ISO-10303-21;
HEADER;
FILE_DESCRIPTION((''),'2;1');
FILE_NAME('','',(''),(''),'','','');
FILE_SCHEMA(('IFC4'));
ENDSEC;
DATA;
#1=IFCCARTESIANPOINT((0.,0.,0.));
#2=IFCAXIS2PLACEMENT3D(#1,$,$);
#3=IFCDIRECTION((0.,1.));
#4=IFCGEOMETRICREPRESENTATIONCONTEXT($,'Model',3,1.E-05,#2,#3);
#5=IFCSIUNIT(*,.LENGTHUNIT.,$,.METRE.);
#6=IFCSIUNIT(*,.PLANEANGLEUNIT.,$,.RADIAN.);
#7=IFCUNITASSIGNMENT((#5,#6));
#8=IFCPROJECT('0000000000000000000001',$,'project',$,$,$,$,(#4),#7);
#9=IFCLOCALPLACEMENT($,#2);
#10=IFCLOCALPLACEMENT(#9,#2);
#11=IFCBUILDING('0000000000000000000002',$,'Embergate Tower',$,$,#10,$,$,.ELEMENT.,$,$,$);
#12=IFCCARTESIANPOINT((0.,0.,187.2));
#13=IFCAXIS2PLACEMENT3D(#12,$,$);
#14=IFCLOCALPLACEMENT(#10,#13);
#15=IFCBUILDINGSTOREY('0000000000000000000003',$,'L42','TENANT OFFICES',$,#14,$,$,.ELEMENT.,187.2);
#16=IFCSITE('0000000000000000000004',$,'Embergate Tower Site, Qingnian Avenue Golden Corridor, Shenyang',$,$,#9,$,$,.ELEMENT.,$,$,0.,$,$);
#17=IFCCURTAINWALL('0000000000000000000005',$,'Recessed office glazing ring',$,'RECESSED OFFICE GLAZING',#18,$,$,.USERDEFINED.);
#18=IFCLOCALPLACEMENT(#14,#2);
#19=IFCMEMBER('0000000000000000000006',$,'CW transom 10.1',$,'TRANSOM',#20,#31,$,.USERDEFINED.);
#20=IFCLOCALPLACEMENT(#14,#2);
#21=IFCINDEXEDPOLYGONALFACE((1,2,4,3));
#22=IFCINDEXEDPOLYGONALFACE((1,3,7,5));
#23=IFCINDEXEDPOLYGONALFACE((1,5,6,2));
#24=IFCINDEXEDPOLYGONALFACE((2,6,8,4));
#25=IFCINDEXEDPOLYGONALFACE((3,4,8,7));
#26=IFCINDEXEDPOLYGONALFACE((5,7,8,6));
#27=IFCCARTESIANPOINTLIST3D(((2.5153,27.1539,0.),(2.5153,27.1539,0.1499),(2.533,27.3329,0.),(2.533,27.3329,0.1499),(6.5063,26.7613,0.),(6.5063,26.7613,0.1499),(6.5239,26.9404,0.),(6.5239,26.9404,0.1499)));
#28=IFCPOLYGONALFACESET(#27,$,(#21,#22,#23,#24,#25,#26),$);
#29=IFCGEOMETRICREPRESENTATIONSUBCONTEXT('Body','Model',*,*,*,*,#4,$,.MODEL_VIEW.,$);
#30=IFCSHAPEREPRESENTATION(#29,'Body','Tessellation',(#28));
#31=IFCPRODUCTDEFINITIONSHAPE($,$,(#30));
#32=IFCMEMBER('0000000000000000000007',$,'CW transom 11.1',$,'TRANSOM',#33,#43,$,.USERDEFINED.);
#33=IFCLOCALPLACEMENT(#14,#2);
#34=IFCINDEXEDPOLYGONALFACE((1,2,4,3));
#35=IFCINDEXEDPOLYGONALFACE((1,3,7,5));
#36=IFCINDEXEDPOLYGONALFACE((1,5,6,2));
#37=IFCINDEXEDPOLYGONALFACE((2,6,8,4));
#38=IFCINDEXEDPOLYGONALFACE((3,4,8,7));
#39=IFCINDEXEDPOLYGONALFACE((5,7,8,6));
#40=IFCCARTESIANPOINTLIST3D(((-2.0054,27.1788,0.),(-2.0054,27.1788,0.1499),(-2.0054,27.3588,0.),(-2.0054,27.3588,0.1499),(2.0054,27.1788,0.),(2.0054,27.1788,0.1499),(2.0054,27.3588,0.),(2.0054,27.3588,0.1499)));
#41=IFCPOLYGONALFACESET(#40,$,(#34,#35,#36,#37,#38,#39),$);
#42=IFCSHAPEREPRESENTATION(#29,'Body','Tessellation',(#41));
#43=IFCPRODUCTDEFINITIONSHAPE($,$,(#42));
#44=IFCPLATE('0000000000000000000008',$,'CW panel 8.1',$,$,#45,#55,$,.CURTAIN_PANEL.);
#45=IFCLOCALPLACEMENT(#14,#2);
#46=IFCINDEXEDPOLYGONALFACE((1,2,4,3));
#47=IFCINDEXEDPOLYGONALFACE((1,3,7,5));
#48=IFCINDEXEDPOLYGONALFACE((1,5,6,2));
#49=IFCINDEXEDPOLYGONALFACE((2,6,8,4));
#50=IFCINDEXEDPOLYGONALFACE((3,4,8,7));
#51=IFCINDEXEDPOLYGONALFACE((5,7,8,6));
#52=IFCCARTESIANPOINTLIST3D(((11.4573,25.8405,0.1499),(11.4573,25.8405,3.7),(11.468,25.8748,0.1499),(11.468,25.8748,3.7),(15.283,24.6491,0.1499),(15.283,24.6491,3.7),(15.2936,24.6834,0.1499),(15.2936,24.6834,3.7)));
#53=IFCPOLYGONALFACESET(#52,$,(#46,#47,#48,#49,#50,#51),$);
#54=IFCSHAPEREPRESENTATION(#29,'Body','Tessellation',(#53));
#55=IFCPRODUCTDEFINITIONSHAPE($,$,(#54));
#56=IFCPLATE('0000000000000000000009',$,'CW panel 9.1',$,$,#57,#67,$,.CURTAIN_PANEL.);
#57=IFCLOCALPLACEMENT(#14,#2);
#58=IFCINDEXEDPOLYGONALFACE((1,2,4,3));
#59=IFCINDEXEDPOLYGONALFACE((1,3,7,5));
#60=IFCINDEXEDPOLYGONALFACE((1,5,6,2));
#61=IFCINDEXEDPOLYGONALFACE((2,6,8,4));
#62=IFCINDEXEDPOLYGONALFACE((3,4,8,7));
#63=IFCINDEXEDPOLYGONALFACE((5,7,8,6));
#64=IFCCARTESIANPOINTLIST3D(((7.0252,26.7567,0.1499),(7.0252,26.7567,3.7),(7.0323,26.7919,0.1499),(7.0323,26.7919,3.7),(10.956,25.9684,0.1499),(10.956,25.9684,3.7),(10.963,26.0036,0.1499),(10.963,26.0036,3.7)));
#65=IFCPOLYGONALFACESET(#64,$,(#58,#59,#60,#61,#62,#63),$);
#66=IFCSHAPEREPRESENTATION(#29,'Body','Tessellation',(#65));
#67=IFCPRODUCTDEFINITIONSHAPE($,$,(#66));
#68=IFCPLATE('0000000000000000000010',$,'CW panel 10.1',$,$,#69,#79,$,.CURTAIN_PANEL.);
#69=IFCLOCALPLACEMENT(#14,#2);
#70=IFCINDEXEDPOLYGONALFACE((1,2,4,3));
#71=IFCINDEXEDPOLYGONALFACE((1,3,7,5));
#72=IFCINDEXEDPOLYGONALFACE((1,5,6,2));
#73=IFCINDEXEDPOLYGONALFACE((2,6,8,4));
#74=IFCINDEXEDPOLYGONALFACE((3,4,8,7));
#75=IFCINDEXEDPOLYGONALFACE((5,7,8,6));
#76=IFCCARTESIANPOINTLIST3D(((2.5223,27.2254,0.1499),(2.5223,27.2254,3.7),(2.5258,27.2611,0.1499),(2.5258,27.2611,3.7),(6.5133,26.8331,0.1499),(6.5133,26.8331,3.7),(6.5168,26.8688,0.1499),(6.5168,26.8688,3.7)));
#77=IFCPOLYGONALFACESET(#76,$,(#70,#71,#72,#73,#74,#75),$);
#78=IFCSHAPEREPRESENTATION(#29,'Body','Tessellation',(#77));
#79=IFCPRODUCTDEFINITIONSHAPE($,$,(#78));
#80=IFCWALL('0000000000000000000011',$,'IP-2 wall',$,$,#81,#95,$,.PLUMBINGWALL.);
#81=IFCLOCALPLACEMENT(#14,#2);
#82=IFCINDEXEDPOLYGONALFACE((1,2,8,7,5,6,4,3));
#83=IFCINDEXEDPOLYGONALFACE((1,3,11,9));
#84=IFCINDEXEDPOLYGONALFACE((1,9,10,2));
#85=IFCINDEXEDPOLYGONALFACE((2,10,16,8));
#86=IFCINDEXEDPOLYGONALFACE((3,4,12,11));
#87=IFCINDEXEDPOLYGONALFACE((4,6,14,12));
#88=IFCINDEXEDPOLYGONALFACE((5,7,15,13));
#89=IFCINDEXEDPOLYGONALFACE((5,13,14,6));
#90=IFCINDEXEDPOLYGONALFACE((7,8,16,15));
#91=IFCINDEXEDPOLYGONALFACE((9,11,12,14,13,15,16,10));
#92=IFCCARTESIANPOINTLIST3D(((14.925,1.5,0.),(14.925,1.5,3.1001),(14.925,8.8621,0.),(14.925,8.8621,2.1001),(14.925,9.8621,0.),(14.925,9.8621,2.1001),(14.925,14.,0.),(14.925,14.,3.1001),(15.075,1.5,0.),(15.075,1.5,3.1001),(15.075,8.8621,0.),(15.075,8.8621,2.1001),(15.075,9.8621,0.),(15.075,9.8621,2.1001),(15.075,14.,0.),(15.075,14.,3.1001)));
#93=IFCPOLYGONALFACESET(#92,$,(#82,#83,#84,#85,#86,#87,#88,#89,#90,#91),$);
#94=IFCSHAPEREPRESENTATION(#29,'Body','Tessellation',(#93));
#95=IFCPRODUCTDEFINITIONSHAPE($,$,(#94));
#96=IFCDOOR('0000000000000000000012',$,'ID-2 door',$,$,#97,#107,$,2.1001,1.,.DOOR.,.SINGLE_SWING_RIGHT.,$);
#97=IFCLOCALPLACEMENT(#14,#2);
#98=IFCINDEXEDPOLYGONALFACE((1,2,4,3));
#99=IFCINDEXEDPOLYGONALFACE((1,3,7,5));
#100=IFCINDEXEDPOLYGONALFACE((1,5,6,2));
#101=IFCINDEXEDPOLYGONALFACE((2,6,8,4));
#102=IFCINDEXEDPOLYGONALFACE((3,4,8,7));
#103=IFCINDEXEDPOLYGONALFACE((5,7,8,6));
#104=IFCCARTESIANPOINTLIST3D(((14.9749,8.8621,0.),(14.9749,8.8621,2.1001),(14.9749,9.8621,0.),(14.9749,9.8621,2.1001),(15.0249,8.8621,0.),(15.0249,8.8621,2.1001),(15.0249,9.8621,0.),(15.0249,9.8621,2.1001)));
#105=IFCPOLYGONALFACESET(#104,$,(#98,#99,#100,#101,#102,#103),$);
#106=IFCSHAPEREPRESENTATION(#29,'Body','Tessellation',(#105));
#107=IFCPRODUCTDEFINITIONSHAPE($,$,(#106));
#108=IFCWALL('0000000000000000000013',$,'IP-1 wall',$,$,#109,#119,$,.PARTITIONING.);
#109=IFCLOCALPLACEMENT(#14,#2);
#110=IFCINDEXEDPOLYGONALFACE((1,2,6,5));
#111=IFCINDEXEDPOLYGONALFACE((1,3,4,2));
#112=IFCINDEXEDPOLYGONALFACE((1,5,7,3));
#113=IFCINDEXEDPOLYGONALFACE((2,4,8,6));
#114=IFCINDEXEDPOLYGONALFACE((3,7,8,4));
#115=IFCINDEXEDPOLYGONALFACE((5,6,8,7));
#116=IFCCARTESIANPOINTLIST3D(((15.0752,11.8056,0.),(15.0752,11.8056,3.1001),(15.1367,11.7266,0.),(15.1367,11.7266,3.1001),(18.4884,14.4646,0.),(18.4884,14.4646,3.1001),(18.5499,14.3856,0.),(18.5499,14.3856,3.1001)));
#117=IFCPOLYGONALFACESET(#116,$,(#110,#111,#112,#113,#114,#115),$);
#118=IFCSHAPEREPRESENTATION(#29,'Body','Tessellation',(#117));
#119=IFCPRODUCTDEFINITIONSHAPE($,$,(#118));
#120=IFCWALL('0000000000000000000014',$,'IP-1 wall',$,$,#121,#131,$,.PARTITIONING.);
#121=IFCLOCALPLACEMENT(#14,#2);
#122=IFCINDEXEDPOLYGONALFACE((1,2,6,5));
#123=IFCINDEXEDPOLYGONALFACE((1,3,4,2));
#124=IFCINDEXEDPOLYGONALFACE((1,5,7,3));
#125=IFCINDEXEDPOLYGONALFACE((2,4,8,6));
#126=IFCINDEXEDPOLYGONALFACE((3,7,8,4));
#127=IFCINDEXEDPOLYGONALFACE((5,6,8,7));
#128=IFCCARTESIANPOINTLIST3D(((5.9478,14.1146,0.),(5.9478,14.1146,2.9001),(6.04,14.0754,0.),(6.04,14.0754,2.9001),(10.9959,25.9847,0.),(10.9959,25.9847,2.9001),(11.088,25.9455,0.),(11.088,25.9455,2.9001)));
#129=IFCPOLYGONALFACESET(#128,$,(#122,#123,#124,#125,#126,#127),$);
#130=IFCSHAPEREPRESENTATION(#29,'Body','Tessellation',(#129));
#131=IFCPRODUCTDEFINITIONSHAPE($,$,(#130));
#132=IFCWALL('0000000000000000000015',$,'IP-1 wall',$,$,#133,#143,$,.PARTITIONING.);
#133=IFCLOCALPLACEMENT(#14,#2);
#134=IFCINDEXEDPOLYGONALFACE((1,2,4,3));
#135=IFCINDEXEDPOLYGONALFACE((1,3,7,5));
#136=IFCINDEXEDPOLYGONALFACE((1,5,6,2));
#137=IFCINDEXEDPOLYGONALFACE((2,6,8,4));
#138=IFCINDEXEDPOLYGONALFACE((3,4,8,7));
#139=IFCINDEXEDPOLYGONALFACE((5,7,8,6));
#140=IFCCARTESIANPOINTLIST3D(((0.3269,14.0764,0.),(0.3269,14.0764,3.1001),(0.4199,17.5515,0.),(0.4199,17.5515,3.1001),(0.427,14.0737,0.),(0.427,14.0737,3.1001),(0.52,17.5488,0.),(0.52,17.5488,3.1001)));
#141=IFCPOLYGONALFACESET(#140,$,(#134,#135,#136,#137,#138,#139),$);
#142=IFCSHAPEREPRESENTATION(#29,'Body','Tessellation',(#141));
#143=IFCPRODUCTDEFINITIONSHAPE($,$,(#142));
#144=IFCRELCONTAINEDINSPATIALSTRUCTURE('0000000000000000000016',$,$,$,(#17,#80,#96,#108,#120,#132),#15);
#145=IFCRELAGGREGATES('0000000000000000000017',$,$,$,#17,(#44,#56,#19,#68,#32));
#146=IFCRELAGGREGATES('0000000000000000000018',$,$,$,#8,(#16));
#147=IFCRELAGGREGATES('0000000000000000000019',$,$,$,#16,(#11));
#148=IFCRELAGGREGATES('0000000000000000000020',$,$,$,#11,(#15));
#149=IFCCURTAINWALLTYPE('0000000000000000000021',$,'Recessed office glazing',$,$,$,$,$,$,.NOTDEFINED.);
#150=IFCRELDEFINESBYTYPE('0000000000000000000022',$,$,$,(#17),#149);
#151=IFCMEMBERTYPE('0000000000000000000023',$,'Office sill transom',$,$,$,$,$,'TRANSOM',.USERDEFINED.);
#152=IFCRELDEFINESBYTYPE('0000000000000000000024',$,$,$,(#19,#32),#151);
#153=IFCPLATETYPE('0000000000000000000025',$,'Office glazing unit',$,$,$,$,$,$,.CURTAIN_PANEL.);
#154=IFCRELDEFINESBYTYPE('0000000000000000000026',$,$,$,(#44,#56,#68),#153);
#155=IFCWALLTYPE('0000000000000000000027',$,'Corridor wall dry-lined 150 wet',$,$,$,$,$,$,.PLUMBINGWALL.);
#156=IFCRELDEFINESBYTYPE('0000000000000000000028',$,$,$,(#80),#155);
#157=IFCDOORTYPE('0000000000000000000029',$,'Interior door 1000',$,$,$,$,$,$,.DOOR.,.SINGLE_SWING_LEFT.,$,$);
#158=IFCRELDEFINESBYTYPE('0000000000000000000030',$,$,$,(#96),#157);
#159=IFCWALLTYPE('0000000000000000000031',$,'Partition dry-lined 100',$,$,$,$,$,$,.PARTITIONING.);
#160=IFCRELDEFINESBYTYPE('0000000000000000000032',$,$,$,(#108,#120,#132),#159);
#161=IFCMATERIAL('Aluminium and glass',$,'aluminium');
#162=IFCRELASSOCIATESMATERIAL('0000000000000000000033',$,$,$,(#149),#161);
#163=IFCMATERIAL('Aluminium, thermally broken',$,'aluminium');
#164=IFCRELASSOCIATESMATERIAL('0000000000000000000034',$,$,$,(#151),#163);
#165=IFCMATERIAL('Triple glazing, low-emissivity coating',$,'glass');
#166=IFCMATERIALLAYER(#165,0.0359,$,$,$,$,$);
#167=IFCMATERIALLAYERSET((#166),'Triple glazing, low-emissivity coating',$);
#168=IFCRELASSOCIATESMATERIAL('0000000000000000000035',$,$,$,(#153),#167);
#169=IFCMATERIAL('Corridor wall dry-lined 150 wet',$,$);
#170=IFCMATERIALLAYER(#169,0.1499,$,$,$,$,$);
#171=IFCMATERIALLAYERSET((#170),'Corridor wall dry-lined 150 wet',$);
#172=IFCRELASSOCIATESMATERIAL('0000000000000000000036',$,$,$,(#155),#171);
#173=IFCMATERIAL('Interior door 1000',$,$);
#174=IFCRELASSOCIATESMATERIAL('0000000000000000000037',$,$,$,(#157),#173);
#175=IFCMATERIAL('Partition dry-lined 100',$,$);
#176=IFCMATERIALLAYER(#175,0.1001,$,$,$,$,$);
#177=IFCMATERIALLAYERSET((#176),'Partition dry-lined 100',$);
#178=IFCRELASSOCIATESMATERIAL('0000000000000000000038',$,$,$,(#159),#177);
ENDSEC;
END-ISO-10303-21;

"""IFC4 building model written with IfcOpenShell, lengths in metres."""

from ifc_helpers import new_model, si_unit, direction, frame, frame_2d, origin, origin_2d, place, context, subcontext, project, spatial, rectangle, extrude, source, transform, mapped, material, layer, layer_set, material_profile, profile_set, type_object, element, fill, aggregate, save


model = new_model("IFC4")

# Units and contexts
model_context = context("Model", 3, precision=1e-05, world=origin(), true_north=direction((0.0, 1.0)))
body_context = subcontext(model_context, "Body", "Model", "MODEL_VIEW")
ifc_project = project(units=[si_unit("LENGTHUNIT", "METRE"), si_unit("PLANEANGLEUNIT", "RADIAN")], contexts=[model_context])

# Site, building, storey
site_placement = place(None, origin())
site = spatial("IfcSite", under=ifc_project, at=site_placement, Name="Embergate Tower Site, Qingnian Avenue Golden Corridor, Shenyang", CompositionType="ELEMENT", RefElevation=0.0)
building_placement = place(site_placement, origin())
building = spatial("IfcBuilding", under=site, at=building_placement, Name="Embergate Tower", CompositionType="ELEMENT")
storey_placement = place(building_placement, frame((0.0, 0.0, 187.2)))
storey = spatial("IfcBuildingStorey", under=building, at=storey_placement, Name="L42", Description="TENANT OFFICES", CompositionType="ELEMENT", Elevation=187.2)

# Curtain wall, members, plates
ifc_material_1 = material(Name="Aluminium and glass", Category="aluminium")
curtain_wall_type = type_object("IfcCurtainWallType", Name="Recessed office glazing", PredefinedType="NOTDEFINED", material=ifc_material_1)
curtain_wall_placement = place(storey_placement, origin())
curtain_wall = element("IfcCurtainWall", 1, at=curtain_wall_placement, inside=storey, type_object=curtain_wall_type, Name="Recessed office glazing ring", ObjectType="RECESSED OFFICE GLAZING", PredefinedType="USERDEFINED")
ifc_material_2 = material(Name="Aluminium, thermally broken", Category="aluminium")
ifc_material_profile_1 = material_profile(ifc_material_2, rectangle(XDim=0.1799, YDim=0.1499, at=origin_2d()), Name="AL 150x180")
ifc_profile_set_1 = profile_set([ifc_material_profile_1], Name="Aluminium, thermally broken")
member_type_1 = type_object("IfcMemberType", Name="Office sill transom", ElementType="TRANSOM", PredefinedType="USERDEFINED", material=ifc_profile_set_1)
shared_shape_1 = source(origin(), body_context, "Body", "SweptSolid", [
    extrude(rectangle(XDim=0.1799, YDim=0.1499, at=origin_2d()), origin(), (0.0, 0.0, 1.0), 4.0103),
])
member_1_placement = place(storey_placement, frame((6.5151, 26.8508, 0.075), z_axis=(-0.995197, 0.097894, 0.0), x_axis=(-0.097894, -0.995197, 0.0)))
member_1 = element("IfcMember", 2, at=member_1_placement, type_object=member_type_1, Name="CW transom 10.1", ObjectType="TRANSOM", PredefinedType="USERDEFINED", context=body_context, shape_type="MappedRepresentation", body=[
    mapped(shared_shape_1, transform((0.0, 0.0, 0.0))),
])
shared_shape_2 = source(origin(), body_context, "Body", "SweptSolid", [
    extrude(rectangle(XDim=0.1799, YDim=0.1499, at=origin_2d()), origin(), (0.0, 0.0, 1.0), 4.0107),
])
member_2_placement = place(storey_placement, frame((2.0054, 27.2688, 0.075), z_axis=(-1.0, 0.0, 0.0), x_axis=(0.0, -1.0, 0.0)))
member_2 = element("IfcMember", 3, at=member_2_placement, type_object=member_type_1, Name="CW transom 11.1", ObjectType="TRANSOM", PredefinedType="USERDEFINED", context=body_context, shape_type="MappedRepresentation", body=[
    mapped(shared_shape_2, transform((0.0, 0.0, 0.0))),
])
ifc_material_3 = material(Name="Triple glazing, low-emissivity coating", Category="glass")
ifc_layer_1 = layer(ifc_material_3, 0.0359)
ifc_layer_set_1 = layer_set([ifc_layer_1], Name="Triple glazing, low-emissivity coating")
plate_type = type_object("IfcPlateType", Name="Office glazing unit", PredefinedType="CURTAIN_PANEL", material=ifc_layer_set_1)
shared_shape_3 = source(origin(), body_context, "Body", "SweptSolid", [
    extrude(rectangle(XDim=4.0068, YDim=0.0359, at=origin_2d()), origin(), (0.0, 0.0, 1.0), 3.55),
])
plate_1_placement = place(storey_placement, frame((13.3755, 25.262, 0.1499), z_axis=(0.0, 0.0, 1.0), x_axis=(-0.954771, 0.297342, 0.0)))
plate_1 = element("IfcPlate", 4, at=plate_1_placement, type_object=plate_type, Name="CW panel 8.1", PredefinedType="CURTAIN_PANEL", context=body_context, shape_type="MappedRepresentation", body=[
    mapped(shared_shape_3, transform((0.0, 0.0, 0.0))),
])
shared_shape_4 = source(origin(), body_context, "Body", "SweptSolid", [
    extrude(rectangle(XDim=4.009, YDim=0.0359, at=origin_2d()), origin(), (0.0, 0.0, 1.0), 3.55),
])
plate_2_placement = place(storey_placement, frame((8.9941, 26.3801, 0.1499), z_axis=(0.0, 0.0, 1.0), x_axis=(-0.980476, 0.196641, 0.0)))
plate_2 = element("IfcPlate", 5, at=plate_2_placement, type_object=plate_type, Name="CW panel 9.1", PredefinedType="CURTAIN_PANEL", context=body_context, shape_type="MappedRepresentation", body=[
    mapped(shared_shape_4, transform((0.0, 0.0, 0.0))),
])
shared_shape_5 = source(origin(), body_context, "Body", "SweptSolid", [
    extrude(rectangle(XDim=4.0103, YDim=0.0359, at=origin_2d()), origin(), (0.0, 0.0, 1.0), 3.55),
])
plate_3_placement = place(storey_placement, frame((4.5195, 27.0471, 0.1499), z_axis=(0.0, 0.0, 1.0), x_axis=(-0.995203, 0.09783, 0.0)))
plate_3 = element("IfcPlate", 6, at=plate_3_placement, type_object=plate_type, Name="CW panel 10.1", PredefinedType="CURTAIN_PANEL", context=body_context, shape_type="MappedRepresentation", body=[
    mapped(shared_shape_5, transform((0.0, 0.0, 0.0))),
])
aggregate(curtain_wall, [plate_1, plate_2, member_1, plate_3, member_2])

# Wall, opening, door
ifc_material_4 = material(Name="Corridor wall dry-lined 150 wet")
ifc_layer_2 = layer(ifc_material_4, 0.1499)
ifc_layer_set_2 = layer_set([ifc_layer_2], Name="Corridor wall dry-lined 150 wet")
wall_type_1 = type_object("IfcWallType", Name="Corridor wall dry-lined 150 wet", PredefinedType="PLUMBINGWALL", material=ifc_layer_set_2)
shared_shape_6 = source(origin(), body_context, "Body", "SweptSolid", [
    extrude(rectangle(XDim=12.5, YDim=0.1499, at=frame_2d((6.25, 0.0))), origin(), (0.0, 0.0, 1.0), 3.1001),
])
wall_1_placement = place(storey_placement, frame((15.0, 14.0, 0.0), z_axis=(0.0, 0.0, 1.0), x_axis=(0.0, -1.0, 0.0)))
wall_1 = element("IfcWall", 7, at=wall_1_placement, inside=storey, type_object=wall_type_1, Name="IP-2 wall", PredefinedType="PLUMBINGWALL", context=body_context, shape_type="MappedRepresentation", body=[
    mapped(shared_shape_6, transform((0.0, 0.0, 0.0))),
])
shared_shape_7 = source(origin(), body_context, "Body", "SweptSolid", [
    extrude(rectangle(XDim=1.0, YDim=2.1001, at=frame_2d((0.5, 1.05))), frame((0.0, 0.085, 0.0), z_axis=(0.0, -1.0, 0.0), x_axis=(1.0, 0.0, 0.0)), (0.0, 0.0, 1.0), 0.1699),
])
opening_placement = place(wall_1_placement, frame((4.1379, 0.0, 0.0)))
opening = element("IfcOpeningElement", 8, at=opening_placement, cuts=wall_1, PredefinedType="OPENING", context=body_context, shape_type="MappedRepresentation", body=[
    mapped(shared_shape_7, transform((0.0, 0.0, 0.0))),
])
ifc_material_5 = material(Name="Interior door 1000")
door_type = type_object("IfcDoorType", Name="Interior door 1000", OperationType="SINGLE_SWING_LEFT", PredefinedType="DOOR", material=ifc_material_5)
shared_shape_8 = source(origin(), body_context, "Body", "SweptSolid", [
    extrude(rectangle(XDim=1.0, YDim=2.1001, at=frame_2d((0.5, 1.05))), frame((0.0, 0.0249, 0.0), z_axis=(0.0, -1.0, 0.0), x_axis=(1.0, 0.0, 0.0)), (0.0, 0.0, 1.0), 0.05),
])
door_placement = place(opening_placement, origin())
door = element("IfcDoor", 9, at=door_placement, inside=storey, type_object=door_type, Name="ID-2 door", OperationType="SINGLE_SWING_RIGHT", OverallHeight=2.1001, OverallWidth=1.0, PredefinedType="DOOR", context=body_context, shape_type="MappedRepresentation", body=[
    mapped(shared_shape_8, transform((0.0, 0.0, 0.0))),
])
fill(opening, door)

# Walls
ifc_material_6 = material(Name="Partition dry-lined 100")
ifc_layer_3 = layer(ifc_material_6, 0.1001)
ifc_layer_set_3 = layer_set([ifc_layer_3], Name="Partition dry-lined 100")
wall_type_2 = type_object("IfcWallType", Name="Partition dry-lined 100", PredefinedType="PARTITIONING", material=ifc_layer_set_3)
shared_shape_9 = source(origin(), body_context, "Body", "SweptSolid", [
    extrude(rectangle(XDim=4.3267, YDim=0.1001, at=frame_2d((2.1633, 0.0))), origin(), (0.0, 0.0, 1.0), 3.1001),
])
wall_2_placement = place(storey_placement, frame((15.106, 11.7661, 0.0), z_axis=(0.0, 0.0, 1.0), x_axis=(0.788869, 0.614562, 0.0)))
element("IfcWall", 10, at=wall_2_placement, inside=storey, type_object=wall_type_2, Name="IP-1 wall", PredefinedType="PARTITIONING", context=body_context, shape_type="MappedRepresentation", body=[
    mapped(shared_shape_9, transform((0.0, 0.0, 0.0))),
])
shared_shape_10 = source(origin(), body_context, "Body", "SweptSolid", [
    extrude(rectangle(XDim=12.8989, YDim=0.1001, at=frame_2d((6.4495, 0.0))), origin(), (0.0, 0.0, 1.0), 2.9001),
])
wall_3_placement = place(storey_placement, frame((11.042, 25.9651, 0.0), z_axis=(0.0, 0.0, 1.0), x_axis=(-0.391357, -0.920239, 0.0)))
element("IfcWall", 11, at=wall_3_placement, inside=storey, type_object=wall_type_2, Name="IP-1 wall", PredefinedType="PARTITIONING", context=body_context, shape_type="MappedRepresentation", body=[
    mapped(shared_shape_10, transform((0.0, 0.0, 0.0))),
])
shared_shape_11 = source(origin(), body_context, "Body", "SweptSolid", [
    extrude(rectangle(XDim=3.4763, YDim=0.1001, at=frame_2d((1.7383, 0.0))), origin(), (0.0, 0.0, 1.0), 3.1001),
])
wall_4_placement = place(storey_placement, frame((0.377, 14.075, 0.0), z_axis=(0.0, 0.0, 1.0), x_axis=(0.026757, 0.999642, 0.0)))
element("IfcWall", 12, at=wall_4_placement, inside=storey, type_object=wall_type_2, Name="IP-1 wall", PredefinedType="PARTITIONING", context=body_context, shape_type="MappedRepresentation", body=[
    mapped(shared_shape_11, transform((0.0, 0.0, 0.0))),
])

save(model, "model.ifc")
